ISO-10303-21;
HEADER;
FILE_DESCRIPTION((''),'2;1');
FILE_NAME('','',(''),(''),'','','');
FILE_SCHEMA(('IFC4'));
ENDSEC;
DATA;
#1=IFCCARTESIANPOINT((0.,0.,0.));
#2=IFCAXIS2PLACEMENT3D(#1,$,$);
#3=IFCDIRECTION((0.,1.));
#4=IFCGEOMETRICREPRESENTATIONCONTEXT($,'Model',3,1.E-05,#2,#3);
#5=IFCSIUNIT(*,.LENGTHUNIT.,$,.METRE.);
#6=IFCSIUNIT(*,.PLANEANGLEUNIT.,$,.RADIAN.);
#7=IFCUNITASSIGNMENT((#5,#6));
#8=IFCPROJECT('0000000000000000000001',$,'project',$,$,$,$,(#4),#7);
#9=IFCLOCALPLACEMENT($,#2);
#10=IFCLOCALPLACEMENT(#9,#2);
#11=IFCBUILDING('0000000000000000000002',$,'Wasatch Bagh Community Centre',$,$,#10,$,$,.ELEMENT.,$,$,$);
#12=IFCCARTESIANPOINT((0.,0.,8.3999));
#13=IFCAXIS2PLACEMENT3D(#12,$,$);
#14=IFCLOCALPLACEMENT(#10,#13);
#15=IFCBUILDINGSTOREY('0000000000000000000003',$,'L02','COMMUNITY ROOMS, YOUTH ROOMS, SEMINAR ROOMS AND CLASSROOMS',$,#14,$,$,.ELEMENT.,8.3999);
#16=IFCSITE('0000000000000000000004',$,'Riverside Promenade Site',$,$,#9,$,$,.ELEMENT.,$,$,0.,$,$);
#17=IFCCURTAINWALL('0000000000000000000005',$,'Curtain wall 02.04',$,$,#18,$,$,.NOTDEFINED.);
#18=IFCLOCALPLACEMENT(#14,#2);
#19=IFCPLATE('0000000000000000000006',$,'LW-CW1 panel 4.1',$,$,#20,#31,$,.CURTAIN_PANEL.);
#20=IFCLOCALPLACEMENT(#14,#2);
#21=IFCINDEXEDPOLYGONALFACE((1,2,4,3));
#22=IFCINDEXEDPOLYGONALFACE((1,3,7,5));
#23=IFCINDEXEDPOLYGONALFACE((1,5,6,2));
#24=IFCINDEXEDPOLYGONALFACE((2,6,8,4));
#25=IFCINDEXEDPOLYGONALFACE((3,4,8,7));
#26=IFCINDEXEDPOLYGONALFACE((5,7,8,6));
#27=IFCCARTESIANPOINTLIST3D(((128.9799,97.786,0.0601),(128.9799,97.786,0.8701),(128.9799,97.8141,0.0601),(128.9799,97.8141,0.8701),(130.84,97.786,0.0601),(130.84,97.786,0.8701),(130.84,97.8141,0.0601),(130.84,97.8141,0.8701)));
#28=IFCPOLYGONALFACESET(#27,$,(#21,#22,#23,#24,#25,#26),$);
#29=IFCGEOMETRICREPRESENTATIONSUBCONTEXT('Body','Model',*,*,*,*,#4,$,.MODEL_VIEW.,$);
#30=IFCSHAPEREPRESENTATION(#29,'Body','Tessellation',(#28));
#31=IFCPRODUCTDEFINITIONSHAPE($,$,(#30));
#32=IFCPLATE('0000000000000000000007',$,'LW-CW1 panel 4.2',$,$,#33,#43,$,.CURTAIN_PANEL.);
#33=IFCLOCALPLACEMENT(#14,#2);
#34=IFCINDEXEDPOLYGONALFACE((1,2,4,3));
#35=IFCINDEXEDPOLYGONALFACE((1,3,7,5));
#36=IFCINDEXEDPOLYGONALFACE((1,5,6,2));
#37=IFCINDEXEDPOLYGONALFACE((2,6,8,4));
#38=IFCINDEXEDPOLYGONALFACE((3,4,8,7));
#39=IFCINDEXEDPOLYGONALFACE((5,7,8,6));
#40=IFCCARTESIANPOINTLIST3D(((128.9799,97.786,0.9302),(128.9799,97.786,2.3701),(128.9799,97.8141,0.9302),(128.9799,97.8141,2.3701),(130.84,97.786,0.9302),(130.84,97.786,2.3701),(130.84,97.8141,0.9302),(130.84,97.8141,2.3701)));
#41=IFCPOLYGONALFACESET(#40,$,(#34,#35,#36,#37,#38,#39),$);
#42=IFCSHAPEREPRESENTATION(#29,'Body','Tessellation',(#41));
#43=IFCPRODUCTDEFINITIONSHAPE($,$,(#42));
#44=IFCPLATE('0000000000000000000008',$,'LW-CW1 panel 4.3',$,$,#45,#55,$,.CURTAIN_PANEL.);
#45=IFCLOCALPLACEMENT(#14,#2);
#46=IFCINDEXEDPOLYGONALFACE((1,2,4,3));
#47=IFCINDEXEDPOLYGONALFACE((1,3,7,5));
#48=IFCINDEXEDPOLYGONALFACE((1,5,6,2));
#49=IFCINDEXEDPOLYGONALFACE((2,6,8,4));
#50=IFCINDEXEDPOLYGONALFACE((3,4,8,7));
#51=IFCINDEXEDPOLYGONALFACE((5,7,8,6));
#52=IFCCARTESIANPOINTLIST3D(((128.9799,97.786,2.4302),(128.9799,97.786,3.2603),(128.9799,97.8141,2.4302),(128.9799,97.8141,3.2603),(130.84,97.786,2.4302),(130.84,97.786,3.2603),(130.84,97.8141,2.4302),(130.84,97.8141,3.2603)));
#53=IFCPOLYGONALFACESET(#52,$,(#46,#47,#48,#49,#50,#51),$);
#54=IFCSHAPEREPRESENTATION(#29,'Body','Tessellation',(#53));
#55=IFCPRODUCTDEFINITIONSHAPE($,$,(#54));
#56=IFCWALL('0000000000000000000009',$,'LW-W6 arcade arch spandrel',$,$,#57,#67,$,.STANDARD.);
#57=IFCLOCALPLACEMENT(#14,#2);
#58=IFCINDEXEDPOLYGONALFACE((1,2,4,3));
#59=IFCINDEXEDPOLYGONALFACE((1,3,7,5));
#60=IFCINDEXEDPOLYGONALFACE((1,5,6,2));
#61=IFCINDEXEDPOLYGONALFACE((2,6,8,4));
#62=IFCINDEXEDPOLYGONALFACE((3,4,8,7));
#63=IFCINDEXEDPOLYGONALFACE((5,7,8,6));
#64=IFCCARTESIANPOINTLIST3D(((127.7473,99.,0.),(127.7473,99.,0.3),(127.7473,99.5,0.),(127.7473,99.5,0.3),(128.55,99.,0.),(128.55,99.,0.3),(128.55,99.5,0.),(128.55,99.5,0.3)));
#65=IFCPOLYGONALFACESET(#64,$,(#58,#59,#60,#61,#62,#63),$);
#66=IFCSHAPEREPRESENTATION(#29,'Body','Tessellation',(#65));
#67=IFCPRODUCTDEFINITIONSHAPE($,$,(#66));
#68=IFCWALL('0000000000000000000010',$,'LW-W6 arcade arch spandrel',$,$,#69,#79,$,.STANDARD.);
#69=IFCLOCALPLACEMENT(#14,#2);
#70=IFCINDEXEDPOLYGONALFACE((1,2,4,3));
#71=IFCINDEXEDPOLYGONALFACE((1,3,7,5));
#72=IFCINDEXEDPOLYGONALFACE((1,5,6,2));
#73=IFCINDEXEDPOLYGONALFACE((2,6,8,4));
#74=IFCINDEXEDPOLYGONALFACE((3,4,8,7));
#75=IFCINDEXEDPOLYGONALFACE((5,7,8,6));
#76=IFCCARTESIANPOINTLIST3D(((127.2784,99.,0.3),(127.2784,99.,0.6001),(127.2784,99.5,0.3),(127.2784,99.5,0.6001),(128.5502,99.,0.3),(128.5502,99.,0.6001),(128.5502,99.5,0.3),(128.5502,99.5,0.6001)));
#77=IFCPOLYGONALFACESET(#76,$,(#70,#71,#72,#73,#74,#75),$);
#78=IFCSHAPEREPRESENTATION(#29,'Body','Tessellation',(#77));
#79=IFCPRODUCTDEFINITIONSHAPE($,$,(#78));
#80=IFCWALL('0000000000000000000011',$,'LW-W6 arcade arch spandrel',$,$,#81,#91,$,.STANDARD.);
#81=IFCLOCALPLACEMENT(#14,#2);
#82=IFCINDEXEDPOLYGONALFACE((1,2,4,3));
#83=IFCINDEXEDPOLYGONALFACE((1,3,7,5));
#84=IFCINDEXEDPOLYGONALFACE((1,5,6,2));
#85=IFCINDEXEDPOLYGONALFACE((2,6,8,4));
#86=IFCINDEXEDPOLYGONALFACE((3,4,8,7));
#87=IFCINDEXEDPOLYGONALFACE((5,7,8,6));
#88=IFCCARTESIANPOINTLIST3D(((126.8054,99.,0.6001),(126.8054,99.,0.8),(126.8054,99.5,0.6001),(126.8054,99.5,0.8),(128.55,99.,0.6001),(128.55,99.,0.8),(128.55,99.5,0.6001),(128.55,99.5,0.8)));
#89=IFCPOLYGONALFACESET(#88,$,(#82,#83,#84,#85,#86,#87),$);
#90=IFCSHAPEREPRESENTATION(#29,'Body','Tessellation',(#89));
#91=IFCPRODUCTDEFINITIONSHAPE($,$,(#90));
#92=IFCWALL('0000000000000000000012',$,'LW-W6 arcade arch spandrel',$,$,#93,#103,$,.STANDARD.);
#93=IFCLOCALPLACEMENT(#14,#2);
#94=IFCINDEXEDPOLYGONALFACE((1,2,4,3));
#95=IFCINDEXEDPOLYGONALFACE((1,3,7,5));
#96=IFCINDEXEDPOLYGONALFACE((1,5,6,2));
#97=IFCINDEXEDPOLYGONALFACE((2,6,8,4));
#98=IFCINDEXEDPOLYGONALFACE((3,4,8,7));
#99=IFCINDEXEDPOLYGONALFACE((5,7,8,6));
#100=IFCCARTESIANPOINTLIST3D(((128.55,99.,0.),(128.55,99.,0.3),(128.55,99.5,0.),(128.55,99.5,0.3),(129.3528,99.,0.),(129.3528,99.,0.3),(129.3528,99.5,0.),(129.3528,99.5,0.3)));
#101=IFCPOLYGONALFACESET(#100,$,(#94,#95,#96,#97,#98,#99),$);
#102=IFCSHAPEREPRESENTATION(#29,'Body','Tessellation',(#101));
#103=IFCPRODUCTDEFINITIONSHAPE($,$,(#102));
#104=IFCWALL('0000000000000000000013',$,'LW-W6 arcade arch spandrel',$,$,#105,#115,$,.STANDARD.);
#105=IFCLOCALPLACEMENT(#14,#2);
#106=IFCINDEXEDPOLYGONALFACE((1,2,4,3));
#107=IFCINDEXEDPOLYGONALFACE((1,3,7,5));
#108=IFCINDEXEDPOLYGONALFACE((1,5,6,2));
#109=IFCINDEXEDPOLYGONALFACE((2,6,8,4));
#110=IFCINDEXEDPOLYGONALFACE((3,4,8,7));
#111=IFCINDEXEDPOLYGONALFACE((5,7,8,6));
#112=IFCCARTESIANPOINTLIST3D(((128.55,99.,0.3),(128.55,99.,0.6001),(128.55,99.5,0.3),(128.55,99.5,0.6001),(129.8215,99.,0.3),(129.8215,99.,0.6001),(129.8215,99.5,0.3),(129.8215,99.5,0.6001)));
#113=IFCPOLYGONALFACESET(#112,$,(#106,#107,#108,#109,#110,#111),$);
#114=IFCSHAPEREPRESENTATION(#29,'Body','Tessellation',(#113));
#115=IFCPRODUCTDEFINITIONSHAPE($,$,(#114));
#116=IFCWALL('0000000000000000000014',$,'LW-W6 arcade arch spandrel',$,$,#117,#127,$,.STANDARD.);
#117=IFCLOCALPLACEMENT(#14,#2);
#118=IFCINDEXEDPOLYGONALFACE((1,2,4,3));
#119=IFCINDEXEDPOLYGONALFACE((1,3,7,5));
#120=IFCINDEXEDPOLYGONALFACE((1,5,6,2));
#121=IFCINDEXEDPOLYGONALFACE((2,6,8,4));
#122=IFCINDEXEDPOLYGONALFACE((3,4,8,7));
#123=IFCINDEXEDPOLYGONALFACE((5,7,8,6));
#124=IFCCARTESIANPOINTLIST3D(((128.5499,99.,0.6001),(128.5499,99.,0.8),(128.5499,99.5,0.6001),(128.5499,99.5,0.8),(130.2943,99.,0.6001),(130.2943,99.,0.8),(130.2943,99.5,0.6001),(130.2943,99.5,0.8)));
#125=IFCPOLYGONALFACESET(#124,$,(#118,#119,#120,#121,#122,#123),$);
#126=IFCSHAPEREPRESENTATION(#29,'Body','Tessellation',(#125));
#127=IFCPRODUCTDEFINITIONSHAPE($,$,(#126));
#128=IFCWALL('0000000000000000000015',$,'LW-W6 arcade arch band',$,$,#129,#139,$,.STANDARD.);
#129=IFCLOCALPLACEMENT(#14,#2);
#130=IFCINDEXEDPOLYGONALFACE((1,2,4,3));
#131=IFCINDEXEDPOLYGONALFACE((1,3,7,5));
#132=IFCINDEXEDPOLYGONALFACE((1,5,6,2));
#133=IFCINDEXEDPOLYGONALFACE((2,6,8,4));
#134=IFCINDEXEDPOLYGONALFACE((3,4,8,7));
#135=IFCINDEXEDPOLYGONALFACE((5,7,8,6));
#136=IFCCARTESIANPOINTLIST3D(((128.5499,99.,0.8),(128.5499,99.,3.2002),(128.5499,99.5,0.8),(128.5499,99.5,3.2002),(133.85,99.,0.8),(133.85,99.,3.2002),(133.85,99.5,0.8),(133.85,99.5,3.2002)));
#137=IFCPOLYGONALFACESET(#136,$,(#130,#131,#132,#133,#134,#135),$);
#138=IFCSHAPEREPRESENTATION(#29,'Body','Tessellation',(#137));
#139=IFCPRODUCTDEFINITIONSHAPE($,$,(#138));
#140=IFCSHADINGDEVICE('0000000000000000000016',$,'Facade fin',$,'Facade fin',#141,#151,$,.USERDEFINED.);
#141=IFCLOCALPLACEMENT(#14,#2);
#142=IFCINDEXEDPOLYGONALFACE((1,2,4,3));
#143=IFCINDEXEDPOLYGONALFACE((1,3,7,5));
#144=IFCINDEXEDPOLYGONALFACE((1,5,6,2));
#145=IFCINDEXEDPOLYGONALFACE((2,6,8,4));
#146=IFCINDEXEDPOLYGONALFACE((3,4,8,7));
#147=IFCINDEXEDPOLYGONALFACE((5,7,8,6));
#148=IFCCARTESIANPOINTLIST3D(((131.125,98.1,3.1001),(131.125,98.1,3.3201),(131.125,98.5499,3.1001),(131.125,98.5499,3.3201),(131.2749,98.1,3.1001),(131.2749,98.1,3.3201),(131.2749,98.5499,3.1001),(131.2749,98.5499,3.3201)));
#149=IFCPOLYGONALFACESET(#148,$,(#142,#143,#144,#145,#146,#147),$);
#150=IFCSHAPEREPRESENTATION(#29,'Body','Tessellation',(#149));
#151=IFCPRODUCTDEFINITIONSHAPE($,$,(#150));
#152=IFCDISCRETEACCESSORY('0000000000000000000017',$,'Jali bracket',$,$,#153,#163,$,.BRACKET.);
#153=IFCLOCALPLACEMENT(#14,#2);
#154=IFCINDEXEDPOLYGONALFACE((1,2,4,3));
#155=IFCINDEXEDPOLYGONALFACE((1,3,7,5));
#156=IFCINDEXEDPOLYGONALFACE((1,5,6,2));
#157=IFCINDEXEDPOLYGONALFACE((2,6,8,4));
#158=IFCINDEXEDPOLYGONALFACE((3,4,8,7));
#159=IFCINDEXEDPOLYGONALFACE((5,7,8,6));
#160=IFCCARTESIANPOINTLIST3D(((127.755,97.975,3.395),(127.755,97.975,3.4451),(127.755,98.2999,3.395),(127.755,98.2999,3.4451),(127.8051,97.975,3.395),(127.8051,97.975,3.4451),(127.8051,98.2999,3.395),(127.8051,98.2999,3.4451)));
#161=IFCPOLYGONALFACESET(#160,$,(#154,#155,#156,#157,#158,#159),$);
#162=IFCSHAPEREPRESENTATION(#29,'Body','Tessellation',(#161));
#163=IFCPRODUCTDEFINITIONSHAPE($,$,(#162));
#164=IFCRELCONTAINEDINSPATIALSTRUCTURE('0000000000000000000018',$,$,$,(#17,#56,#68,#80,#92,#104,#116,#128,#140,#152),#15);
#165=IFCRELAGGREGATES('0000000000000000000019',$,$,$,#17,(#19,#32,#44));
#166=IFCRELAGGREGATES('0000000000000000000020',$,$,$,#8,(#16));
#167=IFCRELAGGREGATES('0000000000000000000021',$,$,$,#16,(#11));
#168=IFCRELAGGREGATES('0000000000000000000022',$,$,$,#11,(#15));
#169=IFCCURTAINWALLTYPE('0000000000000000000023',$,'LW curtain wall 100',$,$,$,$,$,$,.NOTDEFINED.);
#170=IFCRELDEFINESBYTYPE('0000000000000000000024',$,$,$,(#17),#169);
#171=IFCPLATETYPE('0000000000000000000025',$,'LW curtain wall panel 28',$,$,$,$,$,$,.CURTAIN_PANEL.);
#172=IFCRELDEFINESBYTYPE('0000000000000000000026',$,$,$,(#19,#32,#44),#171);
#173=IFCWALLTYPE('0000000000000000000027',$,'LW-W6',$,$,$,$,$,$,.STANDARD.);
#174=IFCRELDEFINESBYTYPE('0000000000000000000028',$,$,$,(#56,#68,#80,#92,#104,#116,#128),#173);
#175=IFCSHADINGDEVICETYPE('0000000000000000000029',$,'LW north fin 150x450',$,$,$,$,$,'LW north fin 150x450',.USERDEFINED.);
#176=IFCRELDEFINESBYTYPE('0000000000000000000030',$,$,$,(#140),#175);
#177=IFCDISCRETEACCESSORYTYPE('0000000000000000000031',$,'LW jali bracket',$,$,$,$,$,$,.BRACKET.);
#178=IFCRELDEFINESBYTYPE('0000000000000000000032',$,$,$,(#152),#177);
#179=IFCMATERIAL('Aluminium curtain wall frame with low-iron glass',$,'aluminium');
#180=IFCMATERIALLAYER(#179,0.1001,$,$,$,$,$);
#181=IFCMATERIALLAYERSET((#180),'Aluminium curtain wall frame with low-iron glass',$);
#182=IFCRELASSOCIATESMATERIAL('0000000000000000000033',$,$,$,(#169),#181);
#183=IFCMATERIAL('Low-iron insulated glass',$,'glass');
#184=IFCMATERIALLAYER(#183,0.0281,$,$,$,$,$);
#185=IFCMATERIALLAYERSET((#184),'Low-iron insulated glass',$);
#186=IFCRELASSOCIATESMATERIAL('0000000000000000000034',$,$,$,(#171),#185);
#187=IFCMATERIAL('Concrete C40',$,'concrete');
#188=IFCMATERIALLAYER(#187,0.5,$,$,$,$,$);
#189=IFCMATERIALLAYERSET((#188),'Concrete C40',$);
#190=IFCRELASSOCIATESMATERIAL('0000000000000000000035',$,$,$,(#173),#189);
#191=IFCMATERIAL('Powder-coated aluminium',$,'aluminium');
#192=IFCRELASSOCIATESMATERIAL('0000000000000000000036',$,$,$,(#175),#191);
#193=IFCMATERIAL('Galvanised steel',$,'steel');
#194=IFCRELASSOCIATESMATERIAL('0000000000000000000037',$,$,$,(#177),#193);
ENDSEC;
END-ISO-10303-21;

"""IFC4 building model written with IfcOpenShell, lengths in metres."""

from ifc_helpers import new_model, si_unit, direction, frame, frame_2d, origin, origin_2d, place, context, subcontext, project, spatial, rectangle, extrude, material, layer, layer_set, type_object, element, aggregate, save


model = new_model("IFC4")

# Units and contexts
model_context = context("Model", 3, precision=1e-05, world=origin(), true_north=direction((0.0, 1.0)))
body_context = subcontext(model_context, "Body", "Model", "MODEL_VIEW")
ifc_project = project(units=[si_unit("LENGTHUNIT", "METRE"), si_unit("PLANEANGLEUNIT", "RADIAN")], contexts=[model_context])

# Site, building, storey
site_placement = place(None, origin())
site = spatial("IfcSite", under=ifc_project, at=site_placement, Name="Riverside Promenade Site", CompositionType="ELEMENT", RefElevation=0.0)
building_placement = place(site_placement, origin())
building = spatial("IfcBuilding", under=site, at=building_placement, Name="Wasatch Bagh Community Centre", CompositionType="ELEMENT")
storey_placement = place(building_placement, frame((0.0, 0.0, 8.3999)))
storey = spatial("IfcBuildingStorey", under=building, at=storey_placement, Name="L02", Description="COMMUNITY ROOMS, YOUTH ROOMS, SEMINAR ROOMS AND CLASSROOMS", CompositionType="ELEMENT", Elevation=8.3999)

# Shared definitions
ifc_material_1 = material(Name="Concrete C40", Category="concrete")

# Curtain wall
ifc_material_2 = material(Name="Aluminium curtain wall frame with low-iron glass", Category="aluminium")
ifc_layer_1 = layer(ifc_material_2, 0.1001)
ifc_layer_set_1 = layer_set([ifc_layer_1], Name="Aluminium curtain wall frame with low-iron glass")
curtain_wall_type = type_object("IfcCurtainWallType", Name="LW curtain wall 100", PredefinedType="NOTDEFINED", material=ifc_layer_set_1)
curtain_wall_1_placement = place(storey_placement, origin())
curtain_wall_1 = element("IfcCurtainWall", 1, at=curtain_wall_1_placement, inside=storey, type_object=curtain_wall_type, Name="Curtain wall 02.04", PredefinedType="NOTDEFINED")

# Plates
ifc_material_3 = material(Name="Low-iron insulated glass", Category="glass")
ifc_layer_2 = layer(ifc_material_3, 0.0281)
ifc_layer_set_2 = layer_set([ifc_layer_2], Name="Low-iron insulated glass")
plate_type = type_object("IfcPlateType", Name="LW curtain wall panel 28", PredefinedType="CURTAIN_PANEL", material=ifc_layer_set_2)
plate_1_placement = place(storey_placement, frame((129.9099, 97.8, 0.0601), z_axis=(0.0, 0.0, 1.0), x_axis=(1.0, 0.0, 0.0)))
plate_1 = element("IfcPlate", 2, at=plate_1_placement, type_object=plate_type, Name="LW-CW1 panel 4.1", PredefinedType="CURTAIN_PANEL", context=body_context, shape_type="SweptSolid", body=[
    extrude(rectangle(XDim=1.8601, YDim=0.0281, at=origin_2d()), origin(), (0.0, 0.0, 1.0), 0.8101),
])
plate_2_placement = place(storey_placement, frame((129.9099, 97.8, 0.9302), z_axis=(0.0, 0.0, 1.0), x_axis=(1.0, 0.0, 0.0)))
plate_2 = element("IfcPlate", 3, at=plate_2_placement, type_object=plate_type, Name="LW-CW1 panel 4.2", PredefinedType="CURTAIN_PANEL", context=body_context, shape_type="SweptSolid", body=[
    extrude(rectangle(XDim=1.8601, YDim=0.0281, at=origin_2d()), origin(), (0.0, 0.0, 1.0), 1.4399),
])
plate_3_placement = place(storey_placement, frame((129.9099, 97.8, 2.4302), z_axis=(0.0, 0.0, 1.0), x_axis=(1.0, 0.0, 0.0)))
plate_3 = element("IfcPlate", 4, at=plate_3_placement, type_object=plate_type, Name="LW-CW1 panel 4.3", PredefinedType="CURTAIN_PANEL", context=body_context, shape_type="SweptSolid", body=[
    extrude(rectangle(XDim=1.8601, YDim=0.0281, at=origin_2d()), origin(), (0.0, 0.0, 1.0), 0.8301),
])
aggregate(curtain_wall_1, [plate_1, plate_2, plate_3])

# Walls
ifc_layer_3 = layer(ifc_material_1, 0.5)
ifc_layer_set_3 = layer_set([ifc_layer_3], Name="Concrete C40")
wall_type = type_object("IfcWallType", Name="LW-W6", PredefinedType="STANDARD", material=ifc_layer_set_3)
wall_1_placement = place(storey_placement, frame((128.55, 99.25, 0.0), z_axis=(0.0, 0.0, 1.0), x_axis=(-1.0, 0.0, 0.0)))
element("IfcWall", 5, at=wall_1_placement, inside=storey, type_object=wall_type, Name="LW-W6 arcade arch spandrel", PredefinedType="STANDARD", context=body_context, shape_type="SweptSolid", body=[
    extrude(rectangle(XDim=0.8027, YDim=0.5, at=frame_2d((0.4014, 0.0))), origin(), (0.0, 0.0, 1.0), 0.3),
])
wall_2_placement = place(storey_placement, frame((128.55, 99.25, 0.3), z_axis=(0.0, 0.0, 1.0), x_axis=(-1.0, 0.0, 0.0)))
element("IfcWall", 6, at=wall_2_placement, inside=storey, type_object=wall_type, Name="LW-W6 arcade arch spandrel", PredefinedType="STANDARD", context=body_context, shape_type="SweptSolid", body=[
    extrude(rectangle(XDim=1.2717, YDim=0.5, at=frame_2d((0.6357, 0.0))), origin(), (0.0, 0.0, 1.0), 0.3),
])
wall_3_placement = place(storey_placement, frame((128.55, 99.25, 0.6001), z_axis=(0.0, 0.0, 1.0), x_axis=(-1.0, 0.0, 0.0)))
element("IfcWall", 7, at=wall_3_placement, inside=storey, type_object=wall_type, Name="LW-W6 arcade arch spandrel", PredefinedType="STANDARD", context=body_context, shape_type="SweptSolid", body=[
    extrude(rectangle(XDim=1.7446, YDim=0.5, at=frame_2d((0.8723, 0.0))), origin(), (0.0, 0.0, 1.0), 0.2),
])
wall_4_placement = place(storey_placement, frame((128.55, 99.25, 0.0), z_axis=(0.0, 0.0, 1.0), x_axis=(1.0, 0.0, 0.0)))
element("IfcWall", 8, at=wall_4_placement, inside=storey, type_object=wall_type, Name="LW-W6 arcade arch spandrel", PredefinedType="STANDARD", context=body_context, shape_type="SweptSolid", body=[
    extrude(rectangle(XDim=0.8027, YDim=0.5, at=frame_2d((0.4014, 0.0))), origin(), (0.0, 0.0, 1.0), 0.3),
])
wall_5_placement = place(storey_placement, frame((128.55, 99.25, 0.3), z_axis=(0.0, 0.0, 1.0), x_axis=(1.0, 0.0, 0.0)))
element("IfcWall", 9, at=wall_5_placement, inside=storey, type_object=wall_type, Name="LW-W6 arcade arch spandrel", PredefinedType="STANDARD", context=body_context, shape_type="SweptSolid", body=[
    extrude(rectangle(XDim=1.2715, YDim=0.5, at=frame_2d((0.6357, 0.0))), origin(), (0.0, 0.0, 1.0), 0.3),
])
wall_6_placement = place(storey_placement, frame((128.55, 99.25, 0.6001), z_axis=(0.0, 0.0, 1.0), x_axis=(1.0, 0.0, 0.0)))
element("IfcWall", 10, at=wall_6_placement, inside=storey, type_object=wall_type, Name="LW-W6 arcade arch spandrel", PredefinedType="STANDARD", context=body_context, shape_type="SweptSolid", body=[
    extrude(rectangle(XDim=1.7444, YDim=0.5, at=frame_2d((0.8721, 0.0))), origin(), (0.0, 0.0, 1.0), 0.2),
])
wall_7_placement = place(storey_placement, frame((128.55, 99.25, 0.8), z_axis=(0.0, 0.0, 1.0), x_axis=(1.0, 0.0, 0.0)))
element("IfcWall", 11, at=wall_7_placement, inside=storey, type_object=wall_type, Name="LW-W6 arcade arch band", PredefinedType="STANDARD", context=body_context, shape_type="SweptSolid", body=[
    extrude(rectangle(XDim=5.3, YDim=0.5, at=frame_2d((2.6499, 0.0))), origin(), (0.0, 0.0, 1.0), 2.4001),
])

# Shading device
ifc_material_4 = material(Name="Powder-coated aluminium", Category="aluminium")
shading_device_type = type_object("IfcShadingDeviceType", Name="LW north fin 150x450", ElementType="LW north fin 150x450", PredefinedType="USERDEFINED", material=ifc_material_4)
shading_device_placement = place(storey_placement, frame((131.2, 98.325, 3.1001), z_axis=(0.0, 0.0, 1.0), x_axis=(1.0, 0.0, 0.0)))
element("IfcShadingDevice", 12, at=shading_device_placement, inside=storey, type_object=shading_device_type, Name="Facade fin", ObjectType="Facade fin", PredefinedType="USERDEFINED", context=body_context, shape_type="SweptSolid", body=[
    extrude(rectangle(XDim=0.1499, YDim=0.45, at=origin_2d()), origin(), (0.0, 0.0, 1.0), 0.22),
])

# Discrete accessory
ifc_material_5 = material(Name="Galvanised steel", Category="steel")
discrete_accessory_type = type_object("IfcDiscreteAccessoryType", Name="LW jali bracket", PredefinedType="BRACKET", material=ifc_material_5)
discrete_accessory_placement = place(storey_placement, frame((127.78, 98.1375, 3.395), z_axis=(0.0, 0.0, 1.0), x_axis=(1.0, 0.0, 0.0)))
element("IfcDiscreteAccessory", 13, at=discrete_accessory_placement, inside=storey, type_object=discrete_accessory_type, Name="Jali bracket", PredefinedType="BRACKET", context=body_context, shape_type="SweptSolid", body=[
    extrude(rectangle(XDim=0.05, YDim=0.325, at=origin_2d()), origin(), (0.0, 0.0, 1.0), 0.05),
])

save(model, "model.ifc")
